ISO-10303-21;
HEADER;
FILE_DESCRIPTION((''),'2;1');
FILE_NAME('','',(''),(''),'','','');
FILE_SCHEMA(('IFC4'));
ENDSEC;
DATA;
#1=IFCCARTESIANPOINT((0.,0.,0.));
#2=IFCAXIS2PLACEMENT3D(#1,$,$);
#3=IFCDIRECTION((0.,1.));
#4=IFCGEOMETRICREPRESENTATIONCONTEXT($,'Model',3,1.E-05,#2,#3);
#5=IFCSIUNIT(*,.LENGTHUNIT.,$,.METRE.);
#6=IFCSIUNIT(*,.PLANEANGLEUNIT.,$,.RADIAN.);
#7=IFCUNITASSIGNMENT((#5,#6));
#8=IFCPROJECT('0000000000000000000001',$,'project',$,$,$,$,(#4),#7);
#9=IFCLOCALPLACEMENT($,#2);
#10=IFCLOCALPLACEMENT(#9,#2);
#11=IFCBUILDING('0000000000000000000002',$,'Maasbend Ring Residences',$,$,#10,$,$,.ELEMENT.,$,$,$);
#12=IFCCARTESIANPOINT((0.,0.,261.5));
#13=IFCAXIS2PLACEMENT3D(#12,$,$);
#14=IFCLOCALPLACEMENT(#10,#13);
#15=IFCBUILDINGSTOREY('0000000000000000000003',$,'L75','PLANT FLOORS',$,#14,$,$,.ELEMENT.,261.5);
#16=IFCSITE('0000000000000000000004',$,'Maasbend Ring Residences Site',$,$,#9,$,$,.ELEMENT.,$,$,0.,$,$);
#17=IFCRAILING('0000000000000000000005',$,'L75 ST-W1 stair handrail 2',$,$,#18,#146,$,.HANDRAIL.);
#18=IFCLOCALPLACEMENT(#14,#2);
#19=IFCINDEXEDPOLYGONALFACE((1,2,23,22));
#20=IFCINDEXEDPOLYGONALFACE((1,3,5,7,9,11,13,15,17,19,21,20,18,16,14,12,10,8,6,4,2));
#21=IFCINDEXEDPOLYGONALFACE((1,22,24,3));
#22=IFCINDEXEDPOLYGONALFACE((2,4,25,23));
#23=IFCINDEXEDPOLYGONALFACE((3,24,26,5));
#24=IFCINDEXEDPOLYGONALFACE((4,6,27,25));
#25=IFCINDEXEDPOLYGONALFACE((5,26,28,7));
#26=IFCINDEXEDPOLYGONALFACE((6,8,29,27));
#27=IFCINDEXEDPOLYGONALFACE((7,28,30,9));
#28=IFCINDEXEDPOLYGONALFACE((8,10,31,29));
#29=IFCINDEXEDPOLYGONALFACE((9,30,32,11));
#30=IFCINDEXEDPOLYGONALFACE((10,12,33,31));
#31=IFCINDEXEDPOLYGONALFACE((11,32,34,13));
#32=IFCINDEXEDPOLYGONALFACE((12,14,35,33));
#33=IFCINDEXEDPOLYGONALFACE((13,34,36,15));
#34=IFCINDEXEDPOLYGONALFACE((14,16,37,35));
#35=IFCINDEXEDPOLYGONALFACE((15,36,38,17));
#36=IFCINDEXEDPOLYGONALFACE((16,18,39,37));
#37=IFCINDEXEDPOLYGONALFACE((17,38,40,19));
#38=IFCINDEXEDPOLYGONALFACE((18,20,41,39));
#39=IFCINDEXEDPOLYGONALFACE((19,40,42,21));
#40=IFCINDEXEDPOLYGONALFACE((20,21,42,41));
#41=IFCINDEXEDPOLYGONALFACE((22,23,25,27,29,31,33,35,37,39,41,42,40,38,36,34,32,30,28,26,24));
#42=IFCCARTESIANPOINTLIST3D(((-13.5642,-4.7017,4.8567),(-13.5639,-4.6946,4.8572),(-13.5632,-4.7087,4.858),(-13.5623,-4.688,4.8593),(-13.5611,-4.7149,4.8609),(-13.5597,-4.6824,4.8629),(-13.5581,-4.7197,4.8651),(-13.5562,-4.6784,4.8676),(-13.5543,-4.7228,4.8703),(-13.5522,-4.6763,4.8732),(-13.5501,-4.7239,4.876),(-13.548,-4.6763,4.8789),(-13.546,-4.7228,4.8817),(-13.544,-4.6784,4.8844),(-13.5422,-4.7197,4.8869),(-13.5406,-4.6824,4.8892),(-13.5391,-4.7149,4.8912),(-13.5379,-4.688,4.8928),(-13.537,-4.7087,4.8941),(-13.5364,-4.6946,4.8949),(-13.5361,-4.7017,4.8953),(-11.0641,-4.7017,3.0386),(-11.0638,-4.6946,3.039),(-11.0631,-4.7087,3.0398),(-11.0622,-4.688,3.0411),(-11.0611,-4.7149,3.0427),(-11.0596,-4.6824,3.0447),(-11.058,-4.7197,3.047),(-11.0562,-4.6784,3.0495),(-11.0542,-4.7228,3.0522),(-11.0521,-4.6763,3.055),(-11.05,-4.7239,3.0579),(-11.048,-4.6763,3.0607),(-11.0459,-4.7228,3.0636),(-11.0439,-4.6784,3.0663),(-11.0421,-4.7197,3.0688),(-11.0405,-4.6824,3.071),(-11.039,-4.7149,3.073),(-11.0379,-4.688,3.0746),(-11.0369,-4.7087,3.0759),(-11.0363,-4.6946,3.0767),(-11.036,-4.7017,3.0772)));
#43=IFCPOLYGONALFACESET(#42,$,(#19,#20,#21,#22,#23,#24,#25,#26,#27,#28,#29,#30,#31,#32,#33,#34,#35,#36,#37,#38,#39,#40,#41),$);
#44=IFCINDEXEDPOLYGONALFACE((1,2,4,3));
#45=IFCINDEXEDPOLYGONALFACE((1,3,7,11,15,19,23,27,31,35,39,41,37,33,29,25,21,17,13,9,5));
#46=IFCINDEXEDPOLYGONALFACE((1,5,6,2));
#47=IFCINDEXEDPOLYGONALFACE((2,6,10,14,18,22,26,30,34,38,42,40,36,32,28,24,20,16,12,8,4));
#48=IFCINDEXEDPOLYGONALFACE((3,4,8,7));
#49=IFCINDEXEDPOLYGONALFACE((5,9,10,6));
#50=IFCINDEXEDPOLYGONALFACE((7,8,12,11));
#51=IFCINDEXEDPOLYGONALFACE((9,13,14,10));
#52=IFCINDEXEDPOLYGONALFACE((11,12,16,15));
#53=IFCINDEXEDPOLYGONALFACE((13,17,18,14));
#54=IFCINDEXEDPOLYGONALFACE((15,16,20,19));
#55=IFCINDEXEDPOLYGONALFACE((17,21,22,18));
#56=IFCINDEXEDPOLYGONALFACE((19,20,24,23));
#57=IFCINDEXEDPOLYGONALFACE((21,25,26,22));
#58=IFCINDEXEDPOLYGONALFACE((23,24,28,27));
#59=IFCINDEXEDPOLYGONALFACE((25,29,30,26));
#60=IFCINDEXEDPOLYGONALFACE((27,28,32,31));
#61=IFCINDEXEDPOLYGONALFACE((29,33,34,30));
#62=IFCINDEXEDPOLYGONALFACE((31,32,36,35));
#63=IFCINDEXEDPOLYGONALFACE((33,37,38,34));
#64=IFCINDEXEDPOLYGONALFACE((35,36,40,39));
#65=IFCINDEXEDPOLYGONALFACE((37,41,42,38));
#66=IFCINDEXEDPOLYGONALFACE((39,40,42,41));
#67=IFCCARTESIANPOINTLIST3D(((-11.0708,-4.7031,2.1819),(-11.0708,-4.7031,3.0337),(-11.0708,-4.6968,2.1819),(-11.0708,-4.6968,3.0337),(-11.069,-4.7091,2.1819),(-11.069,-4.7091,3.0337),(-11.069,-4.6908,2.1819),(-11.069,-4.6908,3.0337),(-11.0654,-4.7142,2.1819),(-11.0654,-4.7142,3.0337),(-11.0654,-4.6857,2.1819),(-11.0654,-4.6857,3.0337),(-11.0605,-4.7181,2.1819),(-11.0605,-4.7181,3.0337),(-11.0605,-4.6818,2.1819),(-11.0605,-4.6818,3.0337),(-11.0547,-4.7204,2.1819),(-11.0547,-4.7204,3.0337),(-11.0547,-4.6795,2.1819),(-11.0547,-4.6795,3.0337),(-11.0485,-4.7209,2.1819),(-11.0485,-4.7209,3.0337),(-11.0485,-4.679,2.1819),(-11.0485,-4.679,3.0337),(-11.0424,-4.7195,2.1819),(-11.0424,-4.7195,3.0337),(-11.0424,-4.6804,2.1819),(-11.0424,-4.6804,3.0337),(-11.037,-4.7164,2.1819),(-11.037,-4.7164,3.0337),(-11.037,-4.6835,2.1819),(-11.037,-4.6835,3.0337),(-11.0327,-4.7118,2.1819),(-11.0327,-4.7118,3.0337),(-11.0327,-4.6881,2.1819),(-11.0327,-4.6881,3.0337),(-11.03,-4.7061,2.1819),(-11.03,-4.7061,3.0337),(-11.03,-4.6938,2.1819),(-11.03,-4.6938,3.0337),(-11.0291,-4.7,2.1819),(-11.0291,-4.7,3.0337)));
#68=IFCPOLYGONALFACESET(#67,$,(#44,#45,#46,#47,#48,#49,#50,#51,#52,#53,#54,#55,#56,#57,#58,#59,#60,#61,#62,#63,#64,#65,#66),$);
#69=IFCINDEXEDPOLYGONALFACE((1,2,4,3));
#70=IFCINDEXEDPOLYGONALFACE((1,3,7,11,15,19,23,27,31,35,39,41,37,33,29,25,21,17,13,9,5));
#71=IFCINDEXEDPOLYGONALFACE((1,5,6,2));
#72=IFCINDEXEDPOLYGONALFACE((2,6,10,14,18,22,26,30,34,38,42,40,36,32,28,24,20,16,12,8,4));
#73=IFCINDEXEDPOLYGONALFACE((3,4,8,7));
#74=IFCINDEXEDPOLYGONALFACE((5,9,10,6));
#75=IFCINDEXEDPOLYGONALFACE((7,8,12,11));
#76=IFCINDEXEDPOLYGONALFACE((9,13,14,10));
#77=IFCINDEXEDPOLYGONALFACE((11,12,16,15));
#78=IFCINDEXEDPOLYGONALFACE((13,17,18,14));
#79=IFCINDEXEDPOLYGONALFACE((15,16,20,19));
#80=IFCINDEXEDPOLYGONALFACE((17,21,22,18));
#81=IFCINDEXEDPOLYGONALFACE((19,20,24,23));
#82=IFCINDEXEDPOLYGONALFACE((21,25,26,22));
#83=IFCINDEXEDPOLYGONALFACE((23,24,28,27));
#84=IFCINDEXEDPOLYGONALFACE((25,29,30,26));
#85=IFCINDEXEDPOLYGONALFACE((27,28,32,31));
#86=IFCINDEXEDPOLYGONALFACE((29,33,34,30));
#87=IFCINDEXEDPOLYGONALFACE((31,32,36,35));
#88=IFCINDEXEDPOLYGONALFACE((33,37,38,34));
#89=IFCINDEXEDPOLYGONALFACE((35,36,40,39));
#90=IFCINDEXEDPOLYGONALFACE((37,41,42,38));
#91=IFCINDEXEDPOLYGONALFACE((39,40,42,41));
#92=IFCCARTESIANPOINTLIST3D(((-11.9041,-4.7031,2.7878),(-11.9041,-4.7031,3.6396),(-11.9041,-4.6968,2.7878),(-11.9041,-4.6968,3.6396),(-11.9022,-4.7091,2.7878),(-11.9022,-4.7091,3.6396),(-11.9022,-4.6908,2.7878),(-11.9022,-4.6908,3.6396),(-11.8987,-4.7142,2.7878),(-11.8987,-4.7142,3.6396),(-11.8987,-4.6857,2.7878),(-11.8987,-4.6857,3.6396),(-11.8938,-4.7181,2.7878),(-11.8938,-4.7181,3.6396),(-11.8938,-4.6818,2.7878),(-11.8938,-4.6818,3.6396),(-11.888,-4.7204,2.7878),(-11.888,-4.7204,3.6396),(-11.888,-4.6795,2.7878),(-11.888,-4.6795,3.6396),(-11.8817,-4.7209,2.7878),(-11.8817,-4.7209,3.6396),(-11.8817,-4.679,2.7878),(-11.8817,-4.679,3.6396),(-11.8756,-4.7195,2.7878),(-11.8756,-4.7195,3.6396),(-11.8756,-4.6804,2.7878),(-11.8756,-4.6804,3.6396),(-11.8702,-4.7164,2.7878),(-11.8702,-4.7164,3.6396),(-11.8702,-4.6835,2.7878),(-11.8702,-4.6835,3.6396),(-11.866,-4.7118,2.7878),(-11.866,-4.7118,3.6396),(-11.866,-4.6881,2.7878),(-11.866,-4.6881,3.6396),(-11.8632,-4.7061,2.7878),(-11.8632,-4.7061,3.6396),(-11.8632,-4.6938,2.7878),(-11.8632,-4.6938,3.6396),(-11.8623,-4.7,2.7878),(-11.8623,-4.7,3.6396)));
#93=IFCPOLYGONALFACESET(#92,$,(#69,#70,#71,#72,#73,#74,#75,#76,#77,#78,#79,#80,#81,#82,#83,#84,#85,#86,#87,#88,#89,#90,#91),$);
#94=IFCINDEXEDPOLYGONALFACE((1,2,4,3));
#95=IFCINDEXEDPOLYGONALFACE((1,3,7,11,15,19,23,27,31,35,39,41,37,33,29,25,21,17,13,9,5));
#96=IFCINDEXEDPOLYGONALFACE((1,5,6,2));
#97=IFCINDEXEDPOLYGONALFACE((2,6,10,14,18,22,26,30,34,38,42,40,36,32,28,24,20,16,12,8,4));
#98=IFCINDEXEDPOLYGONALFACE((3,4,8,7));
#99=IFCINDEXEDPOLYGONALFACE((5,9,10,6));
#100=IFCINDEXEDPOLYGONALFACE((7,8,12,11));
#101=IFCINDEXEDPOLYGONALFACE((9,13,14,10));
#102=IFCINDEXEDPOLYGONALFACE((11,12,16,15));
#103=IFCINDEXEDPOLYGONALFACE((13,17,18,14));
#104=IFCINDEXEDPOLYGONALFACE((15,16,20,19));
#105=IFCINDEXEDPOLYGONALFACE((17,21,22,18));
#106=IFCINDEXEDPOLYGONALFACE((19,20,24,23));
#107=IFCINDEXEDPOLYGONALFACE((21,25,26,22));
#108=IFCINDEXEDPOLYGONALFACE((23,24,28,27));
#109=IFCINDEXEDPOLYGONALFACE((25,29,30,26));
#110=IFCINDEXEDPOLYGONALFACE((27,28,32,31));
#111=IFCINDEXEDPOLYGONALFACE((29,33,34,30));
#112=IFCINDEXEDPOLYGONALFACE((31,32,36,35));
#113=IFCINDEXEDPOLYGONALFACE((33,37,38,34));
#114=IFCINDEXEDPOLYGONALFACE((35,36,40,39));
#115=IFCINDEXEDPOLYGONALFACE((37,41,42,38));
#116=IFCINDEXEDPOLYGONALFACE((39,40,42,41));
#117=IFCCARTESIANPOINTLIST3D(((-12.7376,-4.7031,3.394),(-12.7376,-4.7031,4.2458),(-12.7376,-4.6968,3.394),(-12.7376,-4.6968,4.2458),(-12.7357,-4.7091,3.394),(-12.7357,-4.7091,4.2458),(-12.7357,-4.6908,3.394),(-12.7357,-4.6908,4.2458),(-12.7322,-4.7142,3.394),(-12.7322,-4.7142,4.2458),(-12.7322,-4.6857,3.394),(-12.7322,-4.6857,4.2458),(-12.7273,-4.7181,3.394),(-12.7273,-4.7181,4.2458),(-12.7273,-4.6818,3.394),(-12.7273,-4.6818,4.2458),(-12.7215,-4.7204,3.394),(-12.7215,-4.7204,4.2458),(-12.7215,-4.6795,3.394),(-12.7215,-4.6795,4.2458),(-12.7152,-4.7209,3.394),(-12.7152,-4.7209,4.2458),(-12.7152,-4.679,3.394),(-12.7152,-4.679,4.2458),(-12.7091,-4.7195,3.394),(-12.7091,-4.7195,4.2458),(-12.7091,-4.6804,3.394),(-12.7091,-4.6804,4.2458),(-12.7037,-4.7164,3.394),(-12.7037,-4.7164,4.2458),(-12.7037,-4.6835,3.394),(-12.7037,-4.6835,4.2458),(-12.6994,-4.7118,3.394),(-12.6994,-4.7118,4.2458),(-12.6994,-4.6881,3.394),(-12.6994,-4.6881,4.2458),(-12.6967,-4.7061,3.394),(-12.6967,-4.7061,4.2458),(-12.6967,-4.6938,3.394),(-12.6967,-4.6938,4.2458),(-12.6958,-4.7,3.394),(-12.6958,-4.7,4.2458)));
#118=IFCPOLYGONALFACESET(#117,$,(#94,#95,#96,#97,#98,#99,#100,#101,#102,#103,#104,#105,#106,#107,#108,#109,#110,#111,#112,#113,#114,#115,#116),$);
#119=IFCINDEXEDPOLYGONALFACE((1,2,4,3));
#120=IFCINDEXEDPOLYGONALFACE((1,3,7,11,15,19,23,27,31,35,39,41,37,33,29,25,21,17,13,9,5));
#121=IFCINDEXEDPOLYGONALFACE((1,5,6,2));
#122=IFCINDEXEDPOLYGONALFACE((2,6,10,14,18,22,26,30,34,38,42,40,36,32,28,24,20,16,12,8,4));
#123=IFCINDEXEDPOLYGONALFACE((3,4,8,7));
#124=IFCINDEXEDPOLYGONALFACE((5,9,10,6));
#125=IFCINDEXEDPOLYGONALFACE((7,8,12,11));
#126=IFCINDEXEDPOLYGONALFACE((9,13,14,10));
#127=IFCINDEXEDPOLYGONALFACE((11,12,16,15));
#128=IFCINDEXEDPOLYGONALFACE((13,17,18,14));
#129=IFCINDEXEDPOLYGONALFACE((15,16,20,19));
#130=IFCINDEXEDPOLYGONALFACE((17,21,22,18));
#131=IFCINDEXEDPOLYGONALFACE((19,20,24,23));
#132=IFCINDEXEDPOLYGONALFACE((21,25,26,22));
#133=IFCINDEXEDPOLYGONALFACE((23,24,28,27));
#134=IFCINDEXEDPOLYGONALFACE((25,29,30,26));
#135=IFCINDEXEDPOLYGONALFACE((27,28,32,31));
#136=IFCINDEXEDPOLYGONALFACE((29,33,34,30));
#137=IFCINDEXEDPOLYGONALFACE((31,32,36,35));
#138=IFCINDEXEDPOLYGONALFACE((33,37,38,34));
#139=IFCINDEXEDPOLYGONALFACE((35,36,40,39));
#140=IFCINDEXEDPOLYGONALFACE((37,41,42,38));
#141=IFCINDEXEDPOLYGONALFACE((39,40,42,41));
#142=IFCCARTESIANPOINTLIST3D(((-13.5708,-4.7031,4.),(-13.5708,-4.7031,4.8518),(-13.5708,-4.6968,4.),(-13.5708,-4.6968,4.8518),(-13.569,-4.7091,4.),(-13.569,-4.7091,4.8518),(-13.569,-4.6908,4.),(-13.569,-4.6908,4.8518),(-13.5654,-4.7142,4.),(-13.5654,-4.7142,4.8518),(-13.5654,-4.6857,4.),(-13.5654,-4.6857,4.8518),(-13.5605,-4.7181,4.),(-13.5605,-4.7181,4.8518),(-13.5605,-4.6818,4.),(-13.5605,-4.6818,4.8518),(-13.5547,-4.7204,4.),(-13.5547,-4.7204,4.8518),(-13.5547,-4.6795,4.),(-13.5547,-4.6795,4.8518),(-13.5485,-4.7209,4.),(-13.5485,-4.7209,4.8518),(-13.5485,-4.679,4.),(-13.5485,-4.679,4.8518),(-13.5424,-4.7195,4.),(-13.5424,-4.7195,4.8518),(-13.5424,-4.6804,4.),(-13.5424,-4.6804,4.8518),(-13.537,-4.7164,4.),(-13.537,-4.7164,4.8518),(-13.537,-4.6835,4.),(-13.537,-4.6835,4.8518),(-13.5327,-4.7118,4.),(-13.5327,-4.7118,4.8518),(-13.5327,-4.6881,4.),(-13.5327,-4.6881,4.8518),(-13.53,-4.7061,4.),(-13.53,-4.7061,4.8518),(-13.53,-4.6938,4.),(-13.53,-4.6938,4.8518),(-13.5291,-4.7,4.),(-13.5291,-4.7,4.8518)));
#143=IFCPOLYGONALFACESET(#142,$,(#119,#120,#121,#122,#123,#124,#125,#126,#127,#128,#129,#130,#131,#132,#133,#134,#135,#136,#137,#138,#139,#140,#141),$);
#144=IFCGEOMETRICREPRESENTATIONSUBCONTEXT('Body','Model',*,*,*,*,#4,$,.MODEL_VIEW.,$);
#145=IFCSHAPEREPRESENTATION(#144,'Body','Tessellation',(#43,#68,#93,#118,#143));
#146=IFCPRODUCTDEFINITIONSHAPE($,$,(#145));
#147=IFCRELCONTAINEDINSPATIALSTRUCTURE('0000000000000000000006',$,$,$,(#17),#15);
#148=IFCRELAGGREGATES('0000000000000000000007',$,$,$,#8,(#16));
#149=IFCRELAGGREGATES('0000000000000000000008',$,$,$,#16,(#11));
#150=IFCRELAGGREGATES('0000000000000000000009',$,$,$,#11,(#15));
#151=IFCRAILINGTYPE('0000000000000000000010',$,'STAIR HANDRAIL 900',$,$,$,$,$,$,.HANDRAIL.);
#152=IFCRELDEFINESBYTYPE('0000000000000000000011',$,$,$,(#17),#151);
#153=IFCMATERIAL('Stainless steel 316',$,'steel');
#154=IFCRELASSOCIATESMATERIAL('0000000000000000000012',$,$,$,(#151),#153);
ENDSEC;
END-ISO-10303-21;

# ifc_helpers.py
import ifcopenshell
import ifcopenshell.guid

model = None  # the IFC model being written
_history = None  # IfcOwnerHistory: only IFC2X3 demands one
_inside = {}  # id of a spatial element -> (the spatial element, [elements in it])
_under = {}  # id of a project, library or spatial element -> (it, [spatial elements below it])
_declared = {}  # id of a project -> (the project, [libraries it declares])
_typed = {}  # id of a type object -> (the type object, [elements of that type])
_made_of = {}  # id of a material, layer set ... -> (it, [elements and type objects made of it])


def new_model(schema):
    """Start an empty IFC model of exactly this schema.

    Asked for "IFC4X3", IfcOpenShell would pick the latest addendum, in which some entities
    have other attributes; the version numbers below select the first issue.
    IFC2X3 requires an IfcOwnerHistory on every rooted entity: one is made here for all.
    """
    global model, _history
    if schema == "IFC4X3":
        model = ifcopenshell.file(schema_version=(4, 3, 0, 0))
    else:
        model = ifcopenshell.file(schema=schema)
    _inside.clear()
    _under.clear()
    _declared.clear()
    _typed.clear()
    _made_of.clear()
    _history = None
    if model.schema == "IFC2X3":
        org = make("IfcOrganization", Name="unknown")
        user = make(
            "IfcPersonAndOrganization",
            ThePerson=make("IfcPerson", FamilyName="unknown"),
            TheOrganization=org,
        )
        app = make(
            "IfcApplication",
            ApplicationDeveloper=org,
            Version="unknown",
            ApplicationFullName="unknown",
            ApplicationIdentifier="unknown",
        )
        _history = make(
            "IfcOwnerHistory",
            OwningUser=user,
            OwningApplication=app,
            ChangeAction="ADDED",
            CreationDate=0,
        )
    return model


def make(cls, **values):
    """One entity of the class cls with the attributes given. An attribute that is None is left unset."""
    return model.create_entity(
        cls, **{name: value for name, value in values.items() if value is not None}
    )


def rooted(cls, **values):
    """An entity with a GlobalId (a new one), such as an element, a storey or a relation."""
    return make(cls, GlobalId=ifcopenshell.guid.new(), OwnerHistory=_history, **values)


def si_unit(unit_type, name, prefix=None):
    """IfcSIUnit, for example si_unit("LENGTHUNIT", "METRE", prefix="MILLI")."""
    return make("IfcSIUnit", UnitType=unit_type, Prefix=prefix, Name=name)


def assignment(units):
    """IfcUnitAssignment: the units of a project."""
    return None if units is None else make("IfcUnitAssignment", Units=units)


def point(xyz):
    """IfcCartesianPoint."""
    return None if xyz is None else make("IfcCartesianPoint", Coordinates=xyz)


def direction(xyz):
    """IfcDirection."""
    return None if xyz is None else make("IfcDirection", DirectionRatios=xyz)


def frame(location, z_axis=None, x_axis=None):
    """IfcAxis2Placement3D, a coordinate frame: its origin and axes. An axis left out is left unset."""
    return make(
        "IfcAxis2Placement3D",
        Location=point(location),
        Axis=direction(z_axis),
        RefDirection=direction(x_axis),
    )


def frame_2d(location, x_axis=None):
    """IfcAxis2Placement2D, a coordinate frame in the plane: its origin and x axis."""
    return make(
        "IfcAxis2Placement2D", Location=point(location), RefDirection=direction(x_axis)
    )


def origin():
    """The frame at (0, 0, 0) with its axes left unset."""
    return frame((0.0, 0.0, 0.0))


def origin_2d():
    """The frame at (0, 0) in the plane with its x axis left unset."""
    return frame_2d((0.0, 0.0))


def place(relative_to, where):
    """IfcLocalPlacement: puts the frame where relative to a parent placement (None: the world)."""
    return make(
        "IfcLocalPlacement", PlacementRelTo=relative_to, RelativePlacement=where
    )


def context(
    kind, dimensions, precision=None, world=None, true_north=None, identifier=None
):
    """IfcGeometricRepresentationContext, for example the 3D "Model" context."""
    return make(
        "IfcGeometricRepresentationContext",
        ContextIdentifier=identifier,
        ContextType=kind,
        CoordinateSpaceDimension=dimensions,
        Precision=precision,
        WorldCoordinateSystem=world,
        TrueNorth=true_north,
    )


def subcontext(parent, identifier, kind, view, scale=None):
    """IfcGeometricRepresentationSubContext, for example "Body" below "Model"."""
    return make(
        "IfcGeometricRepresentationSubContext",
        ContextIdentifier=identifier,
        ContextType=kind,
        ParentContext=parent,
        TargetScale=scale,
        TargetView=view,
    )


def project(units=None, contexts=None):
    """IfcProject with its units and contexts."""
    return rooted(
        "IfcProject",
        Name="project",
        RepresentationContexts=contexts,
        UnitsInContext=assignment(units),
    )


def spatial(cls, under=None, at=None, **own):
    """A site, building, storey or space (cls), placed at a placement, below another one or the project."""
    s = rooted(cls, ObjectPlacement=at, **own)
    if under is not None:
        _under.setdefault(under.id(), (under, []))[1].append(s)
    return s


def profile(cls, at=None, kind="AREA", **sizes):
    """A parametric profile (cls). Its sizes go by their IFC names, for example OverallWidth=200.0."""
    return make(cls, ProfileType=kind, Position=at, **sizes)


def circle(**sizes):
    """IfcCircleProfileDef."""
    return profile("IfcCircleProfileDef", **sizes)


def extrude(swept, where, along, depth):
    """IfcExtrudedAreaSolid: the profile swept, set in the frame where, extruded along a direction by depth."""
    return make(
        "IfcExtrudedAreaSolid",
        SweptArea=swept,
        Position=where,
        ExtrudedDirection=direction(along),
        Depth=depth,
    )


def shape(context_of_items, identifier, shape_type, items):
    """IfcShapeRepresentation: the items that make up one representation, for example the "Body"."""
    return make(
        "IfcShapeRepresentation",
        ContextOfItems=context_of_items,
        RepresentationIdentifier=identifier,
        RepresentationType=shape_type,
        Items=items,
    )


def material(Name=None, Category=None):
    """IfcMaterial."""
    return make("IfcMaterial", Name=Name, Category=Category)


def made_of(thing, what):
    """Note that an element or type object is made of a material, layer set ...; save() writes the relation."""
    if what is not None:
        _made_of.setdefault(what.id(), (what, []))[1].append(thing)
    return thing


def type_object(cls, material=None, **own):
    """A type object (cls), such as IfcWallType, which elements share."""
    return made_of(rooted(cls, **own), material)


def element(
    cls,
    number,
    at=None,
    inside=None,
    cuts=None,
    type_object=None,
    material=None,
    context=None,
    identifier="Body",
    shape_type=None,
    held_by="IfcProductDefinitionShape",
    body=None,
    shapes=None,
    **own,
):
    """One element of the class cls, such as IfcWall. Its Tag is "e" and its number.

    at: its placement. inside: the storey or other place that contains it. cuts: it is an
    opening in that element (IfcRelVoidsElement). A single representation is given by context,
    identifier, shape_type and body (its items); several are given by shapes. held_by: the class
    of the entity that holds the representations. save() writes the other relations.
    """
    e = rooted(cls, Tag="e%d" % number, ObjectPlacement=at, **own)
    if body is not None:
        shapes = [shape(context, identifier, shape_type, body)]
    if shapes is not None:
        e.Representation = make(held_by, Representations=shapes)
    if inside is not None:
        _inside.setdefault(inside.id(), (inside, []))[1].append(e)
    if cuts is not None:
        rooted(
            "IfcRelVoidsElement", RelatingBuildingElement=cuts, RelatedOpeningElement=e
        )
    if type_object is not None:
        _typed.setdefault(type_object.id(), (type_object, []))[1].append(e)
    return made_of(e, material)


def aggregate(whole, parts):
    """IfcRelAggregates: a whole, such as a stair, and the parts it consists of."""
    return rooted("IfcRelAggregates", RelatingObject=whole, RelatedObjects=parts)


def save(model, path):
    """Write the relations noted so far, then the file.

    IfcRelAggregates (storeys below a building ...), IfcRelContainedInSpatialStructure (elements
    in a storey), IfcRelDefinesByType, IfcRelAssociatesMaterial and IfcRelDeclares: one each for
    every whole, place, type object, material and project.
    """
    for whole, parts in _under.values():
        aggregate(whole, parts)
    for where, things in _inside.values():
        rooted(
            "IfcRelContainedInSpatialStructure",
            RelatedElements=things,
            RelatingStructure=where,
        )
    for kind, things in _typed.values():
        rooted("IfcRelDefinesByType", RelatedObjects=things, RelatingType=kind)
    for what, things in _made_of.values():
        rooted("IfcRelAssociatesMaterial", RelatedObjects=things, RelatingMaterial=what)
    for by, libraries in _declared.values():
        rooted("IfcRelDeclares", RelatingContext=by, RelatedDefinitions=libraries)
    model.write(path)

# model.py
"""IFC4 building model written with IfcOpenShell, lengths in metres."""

from ifc_helpers import new_model, si_unit, direction, frame, origin, origin_2d, place, context, subcontext, project, spatial, circle, extrude, material, type_object, element, save


model = new_model("IFC4")

# Units and contexts
model_context = context("Model", 3, precision=1e-05, world=origin(), true_north=direction((0.0, 1.0)))
body_context = subcontext(model_context, "Body", "Model", "MODEL_VIEW")
ifc_project = project(units=[si_unit("LENGTHUNIT", "METRE"), si_unit("PLANEANGLEUNIT", "RADIAN")], contexts=[model_context])

# Site, building, storey
site_placement = place(None, origin())
site = spatial("IfcSite", under=ifc_project, at=site_placement, Name="Maasbend Ring Residences Site", CompositionType="ELEMENT", RefElevation=0.0)
building_placement = place(site_placement, origin())
building = spatial("IfcBuilding", under=site, at=building_placement, Name="Maasbend Ring Residences", CompositionType="ELEMENT")
storey_placement = place(building_placement, frame((0.0, 0.0, 261.5)))
storey = spatial("IfcBuildingStorey", under=building, at=storey_placement, Name="L75", Description="PLANT FLOORS", CompositionType="ELEMENT", Elevation=261.5)

# Railing
ifc_material_1 = material(Name="Stainless steel 316", Category="steel")
railing_type_1 = type_object("IfcRailingType", Name="STAIR HANDRAIL 900", PredefinedType="HANDRAIL", material=ifc_material_1)
railing_1_placement = place(storey_placement, frame((-11.05, -4.7, 2.1819)))
element("IfcRailing", 1, at=railing_1_placement, inside=storey, type_object=railing_type_1, Name="L75 ST-W1 stair handrail 2", PredefinedType="HANDRAIL", context=body_context, shape_type="SweptSolid", body=[
    extrude(circle(Radius=0.0239, at=origin_2d()), frame((0.0, 0.0, 0.876), z_axis=(-0.808746, 0.0, 0.588158), x_axis=(0.0, -1.0, 0.0)), (0.0, 0.0, 1.0), 3.0913),
    extrude(circle(Radius=0.021, at=origin_2d()), origin(), (0.0, 0.0, 1.0), 0.8518),
    extrude(circle(Radius=0.021, at=origin_2d()), frame((-0.8333, 0.0, 0.606)), (0.0, 0.0, 1.0), 0.8518),
    extrude(circle(Radius=0.021, at=origin_2d()), frame((-1.6667, 0.0, 1.2122)), (0.0, 0.0, 1.0), 0.8518),
    extrude(circle(Radius=0.021, at=origin_2d()), frame((-2.5, 0.0, 1.8181)), (0.0, 0.0, 1.0), 0.8518),
])

save(model, "model.ifc")
